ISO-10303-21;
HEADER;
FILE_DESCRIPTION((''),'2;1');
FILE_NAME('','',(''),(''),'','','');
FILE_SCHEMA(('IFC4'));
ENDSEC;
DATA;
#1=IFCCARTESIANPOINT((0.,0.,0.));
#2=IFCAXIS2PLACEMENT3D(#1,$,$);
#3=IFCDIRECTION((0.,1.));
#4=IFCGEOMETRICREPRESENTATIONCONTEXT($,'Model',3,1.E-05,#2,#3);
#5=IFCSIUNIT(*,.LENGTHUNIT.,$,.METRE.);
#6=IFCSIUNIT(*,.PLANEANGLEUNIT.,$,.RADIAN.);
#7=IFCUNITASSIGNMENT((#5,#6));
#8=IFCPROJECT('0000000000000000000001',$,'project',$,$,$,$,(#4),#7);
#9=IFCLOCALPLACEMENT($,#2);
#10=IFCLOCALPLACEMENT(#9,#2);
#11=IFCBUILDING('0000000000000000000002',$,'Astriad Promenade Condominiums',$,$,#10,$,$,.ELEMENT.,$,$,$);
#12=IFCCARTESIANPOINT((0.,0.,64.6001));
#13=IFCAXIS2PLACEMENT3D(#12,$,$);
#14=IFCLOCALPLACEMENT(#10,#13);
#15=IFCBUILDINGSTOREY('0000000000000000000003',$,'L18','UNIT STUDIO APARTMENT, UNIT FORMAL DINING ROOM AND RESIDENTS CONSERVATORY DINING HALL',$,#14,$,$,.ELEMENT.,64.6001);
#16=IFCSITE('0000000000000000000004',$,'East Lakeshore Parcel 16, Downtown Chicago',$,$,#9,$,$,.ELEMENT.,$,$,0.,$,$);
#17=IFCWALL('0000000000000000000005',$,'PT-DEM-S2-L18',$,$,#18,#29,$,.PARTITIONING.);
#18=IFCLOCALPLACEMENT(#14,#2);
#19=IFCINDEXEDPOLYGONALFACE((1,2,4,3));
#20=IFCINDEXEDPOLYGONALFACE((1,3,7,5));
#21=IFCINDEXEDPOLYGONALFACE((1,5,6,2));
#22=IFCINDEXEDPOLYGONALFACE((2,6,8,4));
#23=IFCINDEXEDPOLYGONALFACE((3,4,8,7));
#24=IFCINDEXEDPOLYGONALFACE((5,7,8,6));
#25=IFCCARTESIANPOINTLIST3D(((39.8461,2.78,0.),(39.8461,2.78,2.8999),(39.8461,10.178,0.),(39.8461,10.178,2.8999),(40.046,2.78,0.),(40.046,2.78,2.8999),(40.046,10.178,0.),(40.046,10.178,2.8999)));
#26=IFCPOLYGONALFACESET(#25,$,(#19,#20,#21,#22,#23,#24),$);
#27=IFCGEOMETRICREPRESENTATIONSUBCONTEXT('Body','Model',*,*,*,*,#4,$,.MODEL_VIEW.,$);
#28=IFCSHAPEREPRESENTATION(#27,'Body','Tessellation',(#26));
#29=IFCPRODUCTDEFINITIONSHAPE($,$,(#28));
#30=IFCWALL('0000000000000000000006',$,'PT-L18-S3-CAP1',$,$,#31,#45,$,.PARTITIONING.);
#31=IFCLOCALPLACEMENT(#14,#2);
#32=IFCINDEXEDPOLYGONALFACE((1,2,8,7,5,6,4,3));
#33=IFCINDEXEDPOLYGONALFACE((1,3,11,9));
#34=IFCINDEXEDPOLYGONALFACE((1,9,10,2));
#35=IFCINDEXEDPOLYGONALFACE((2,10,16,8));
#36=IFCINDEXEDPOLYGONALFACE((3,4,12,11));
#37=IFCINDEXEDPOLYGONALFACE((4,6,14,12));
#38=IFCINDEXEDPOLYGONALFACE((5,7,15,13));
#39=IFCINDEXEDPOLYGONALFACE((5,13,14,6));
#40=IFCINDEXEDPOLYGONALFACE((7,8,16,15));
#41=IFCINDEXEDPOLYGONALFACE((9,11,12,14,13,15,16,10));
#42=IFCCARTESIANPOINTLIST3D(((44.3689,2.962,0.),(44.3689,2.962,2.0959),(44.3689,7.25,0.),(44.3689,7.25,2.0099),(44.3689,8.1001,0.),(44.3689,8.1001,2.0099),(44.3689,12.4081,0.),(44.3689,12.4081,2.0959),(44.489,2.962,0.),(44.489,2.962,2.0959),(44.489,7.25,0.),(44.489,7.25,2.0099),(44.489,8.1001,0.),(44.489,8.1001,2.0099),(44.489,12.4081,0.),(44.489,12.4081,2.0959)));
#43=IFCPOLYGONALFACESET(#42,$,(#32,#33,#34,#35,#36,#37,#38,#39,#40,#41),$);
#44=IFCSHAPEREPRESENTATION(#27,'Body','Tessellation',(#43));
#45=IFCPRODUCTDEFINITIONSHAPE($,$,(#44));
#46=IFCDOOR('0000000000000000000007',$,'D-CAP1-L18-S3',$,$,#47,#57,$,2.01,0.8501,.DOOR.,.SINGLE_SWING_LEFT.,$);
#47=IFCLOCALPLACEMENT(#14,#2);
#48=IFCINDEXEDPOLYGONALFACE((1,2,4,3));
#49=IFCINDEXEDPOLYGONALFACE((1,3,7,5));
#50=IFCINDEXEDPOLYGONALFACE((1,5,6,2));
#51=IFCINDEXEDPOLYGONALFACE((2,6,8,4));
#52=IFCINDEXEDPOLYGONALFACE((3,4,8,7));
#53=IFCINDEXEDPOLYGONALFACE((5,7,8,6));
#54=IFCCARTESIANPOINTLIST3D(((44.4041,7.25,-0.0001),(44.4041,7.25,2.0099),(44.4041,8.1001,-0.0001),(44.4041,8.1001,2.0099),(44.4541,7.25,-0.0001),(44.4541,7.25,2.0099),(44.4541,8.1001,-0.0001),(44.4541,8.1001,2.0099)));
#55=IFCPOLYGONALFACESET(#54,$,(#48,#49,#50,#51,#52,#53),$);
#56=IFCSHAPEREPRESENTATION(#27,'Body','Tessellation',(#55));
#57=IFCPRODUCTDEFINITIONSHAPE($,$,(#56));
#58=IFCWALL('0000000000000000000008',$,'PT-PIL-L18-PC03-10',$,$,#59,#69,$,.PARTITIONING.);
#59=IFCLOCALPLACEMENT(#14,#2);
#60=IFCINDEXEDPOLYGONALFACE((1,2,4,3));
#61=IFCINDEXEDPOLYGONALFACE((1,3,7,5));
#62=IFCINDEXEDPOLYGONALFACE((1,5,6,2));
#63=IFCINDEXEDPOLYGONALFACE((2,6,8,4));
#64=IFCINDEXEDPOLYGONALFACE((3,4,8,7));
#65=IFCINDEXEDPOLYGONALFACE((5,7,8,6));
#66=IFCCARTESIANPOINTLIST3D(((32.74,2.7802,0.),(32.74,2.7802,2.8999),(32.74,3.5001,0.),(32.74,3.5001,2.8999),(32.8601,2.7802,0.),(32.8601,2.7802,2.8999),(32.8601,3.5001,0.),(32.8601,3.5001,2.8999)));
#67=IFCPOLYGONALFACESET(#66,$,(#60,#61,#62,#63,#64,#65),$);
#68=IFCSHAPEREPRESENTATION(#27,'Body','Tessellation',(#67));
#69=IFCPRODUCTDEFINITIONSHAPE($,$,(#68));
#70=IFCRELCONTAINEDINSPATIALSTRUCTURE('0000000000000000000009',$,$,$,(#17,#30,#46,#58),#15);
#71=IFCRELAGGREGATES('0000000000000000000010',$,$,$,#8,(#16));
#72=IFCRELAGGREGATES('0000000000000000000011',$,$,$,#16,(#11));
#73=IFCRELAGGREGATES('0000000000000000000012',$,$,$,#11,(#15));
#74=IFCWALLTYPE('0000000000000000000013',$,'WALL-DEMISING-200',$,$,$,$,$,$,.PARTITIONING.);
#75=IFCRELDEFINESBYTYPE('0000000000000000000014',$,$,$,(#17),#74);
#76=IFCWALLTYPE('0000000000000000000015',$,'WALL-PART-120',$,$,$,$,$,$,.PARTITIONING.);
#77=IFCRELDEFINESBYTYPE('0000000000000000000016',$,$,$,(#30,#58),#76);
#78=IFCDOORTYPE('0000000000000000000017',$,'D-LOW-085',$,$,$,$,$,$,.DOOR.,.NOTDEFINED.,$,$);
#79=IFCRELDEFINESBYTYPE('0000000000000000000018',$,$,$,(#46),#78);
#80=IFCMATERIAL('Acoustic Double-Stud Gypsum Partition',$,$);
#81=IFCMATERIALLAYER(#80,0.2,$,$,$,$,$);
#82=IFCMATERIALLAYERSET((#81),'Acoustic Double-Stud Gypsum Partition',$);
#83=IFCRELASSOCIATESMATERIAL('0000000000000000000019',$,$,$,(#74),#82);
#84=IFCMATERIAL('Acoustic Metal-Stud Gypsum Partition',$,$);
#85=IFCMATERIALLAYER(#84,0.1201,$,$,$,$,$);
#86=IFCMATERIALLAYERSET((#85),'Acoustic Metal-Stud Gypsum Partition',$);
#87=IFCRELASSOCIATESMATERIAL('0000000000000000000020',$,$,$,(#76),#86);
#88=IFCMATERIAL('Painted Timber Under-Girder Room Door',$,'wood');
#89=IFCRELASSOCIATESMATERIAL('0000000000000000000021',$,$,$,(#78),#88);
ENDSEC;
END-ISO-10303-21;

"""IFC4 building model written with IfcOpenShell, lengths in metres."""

from ifc_helpers import new_model, si_unit, direction, frame, frame_2d, origin, place, context, subcontext, project, spatial, rectangle, extrude, source, transform, mapped, material, layer, layer_set, type_object, type_shapes, element, fill, save


model = new_model("IFC4")

# Units and contexts
model_context = context("Model", 3, precision=1e-05, world=origin(), true_north=direction((0.0, 1.0)))
body_context = subcontext(model_context, "Body", "Model", "MODEL_VIEW")
ifc_project = project(units=[si_unit("LENGTHUNIT", "METRE"), si_unit("PLANEANGLEUNIT", "RADIAN")], contexts=[model_context])

# Site, building, storey
site_placement = place(None, origin())
site = spatial("IfcSite", under=ifc_project, at=site_placement, Name="East Lakeshore Parcel 16, Downtown Chicago", CompositionType="ELEMENT", RefElevation=0.0)
building_placement = place(site_placement, origin())
building = spatial("IfcBuilding", under=site, at=building_placement, Name="Astriad Promenade Condominiums", CompositionType="ELEMENT")
storey_placement = place(building_placement, frame((0.0, 0.0, 64.6001)))
storey = spatial("IfcBuildingStorey", under=building, at=storey_placement, Name="L18", Description="UNIT STUDIO APARTMENT, UNIT FORMAL DINING ROOM AND RESIDENTS CONSERVATORY DINING HALL", CompositionType="ELEMENT", Elevation=64.6001)

# Wall
ifc_material_1 = material(Name="Acoustic Double-Stud Gypsum Partition")
ifc_layer_1 = layer(ifc_material_1, 0.2)
ifc_layer_set_1 = layer_set([ifc_layer_1], Name="Acoustic Double-Stud Gypsum Partition")
wall_type_1 = type_object("IfcWallType", Name="WALL-DEMISING-200", PredefinedType="PARTITIONING", material=ifc_layer_set_1)
wall_1_placement = place(storey_placement, frame((39.946, 2.78, 0.0), z_axis=(0.0, 0.0, 1.0), x_axis=(0.0, 1.0, 0.0)))
element("IfcWall", 1, at=wall_1_placement, inside=storey, type_object=wall_type_1, Name="PT-DEM-S2-L18", PredefinedType="PARTITIONING", context=body_context, shape_type="SweptSolid", body=[
    extrude(rectangle(XDim=7.3979, YDim=0.2, at=frame_2d((3.699, 0.0))), origin(), (0.0, 0.0, 1.0), 2.8999),
])

# Wall, opening, door
ifc_material_2 = material(Name="Acoustic Metal-Stud Gypsum Partition")
ifc_layer_2 = layer(ifc_material_2, 0.1201)
ifc_layer_set_2 = layer_set([ifc_layer_2], Name="Acoustic Metal-Stud Gypsum Partition")
wall_type_2 = type_object("IfcWallType", Name="WALL-PART-120", PredefinedType="PARTITIONING", material=ifc_layer_set_2)
wall_2_placement = place(storey_placement, frame((44.429, 2.9619, 0.0), z_axis=(0.0, 0.0, 1.0), x_axis=(0.0, 1.0, 0.0)))
wall_2 = element("IfcWall", 2, at=wall_2_placement, inside=storey, type_object=wall_type_2, Name="PT-L18-S3-CAP1", PredefinedType="PARTITIONING", context=body_context, shape_type="SweptSolid", body=[
    extrude(rectangle(XDim=9.446, YDim=0.1201, at=frame_2d((4.7231, 0.0))), origin(), (0.0, 0.0, 1.0), 2.0959),
])
opening_placement = place(wall_2_placement, frame((4.2881, 0.0, 0.0)))
opening = element("IfcOpeningElement", 3, at=opening_placement, cuts=wall_2, PredefinedType="OPENING", context=body_context, shape_type="SweptSolid", body=[
    extrude(rectangle(XDim=0.8501, YDim=2.01, at=frame_2d((0.425, 1.0049))), frame((0.0, 0.0701, 0.0), z_axis=(0.0, -1.0, 0.0), x_axis=(1.0, 0.0, 0.0)), (0.0, 0.0, 1.0), 0.1401),
])
ifc_material_3 = material(Name="Painted Timber Under-Girder Room Door", Category="wood")
door_type = type_object("IfcDoorType", Name="D-LOW-085", OperationType="NOTDEFINED", PredefinedType="DOOR", material=ifc_material_3)
shared_shape_1 = source(origin(), body_context, "Body", "SweptSolid", [
    extrude(rectangle(XDim=0.8501, YDim=2.01, at=frame_2d((0.425, 1.0049))), frame((0.0, 0.0249, 0.0), z_axis=(0.0, -1.0, 0.0), x_axis=(1.0, 0.0, 0.0)), (0.0, 0.0, 1.0), 0.05),
])
type_shapes(door_type, [shared_shape_1])
door_placement = place(opening_placement, origin())
door = element("IfcDoor", 4, at=door_placement, inside=storey, type_object=door_type, Name="D-CAP1-L18-S3", OperationType="SINGLE_SWING_LEFT", OverallHeight=2.01, OverallWidth=0.8501, PredefinedType="DOOR", context=body_context, shape_type="MappedRepresentation", body=[
    mapped(shared_shape_1, transform((0.0, 0.0, 0.0), scale=1.0)),
])
fill(opening, door)

# Wall
wall_3_placement = place(storey_placement, frame((32.8, 3.5, 0.0), z_axis=(0.0, 0.0, 1.0), x_axis=(0.0, -1.0, 0.0)))
element("IfcWall", 5, at=wall_3_placement, inside=storey, type_object=wall_type_2, Name="PT-PIL-L18-PC03-10", PredefinedType="PARTITIONING", context=body_context, shape_type="SweptSolid", body=[
    extrude(rectangle(XDim=0.72, YDim=0.1201, at=frame_2d((0.3599, 0.0))), origin(), (0.0, 0.0, 1.0), 2.8999),
])

save(model, "model.ifc")
